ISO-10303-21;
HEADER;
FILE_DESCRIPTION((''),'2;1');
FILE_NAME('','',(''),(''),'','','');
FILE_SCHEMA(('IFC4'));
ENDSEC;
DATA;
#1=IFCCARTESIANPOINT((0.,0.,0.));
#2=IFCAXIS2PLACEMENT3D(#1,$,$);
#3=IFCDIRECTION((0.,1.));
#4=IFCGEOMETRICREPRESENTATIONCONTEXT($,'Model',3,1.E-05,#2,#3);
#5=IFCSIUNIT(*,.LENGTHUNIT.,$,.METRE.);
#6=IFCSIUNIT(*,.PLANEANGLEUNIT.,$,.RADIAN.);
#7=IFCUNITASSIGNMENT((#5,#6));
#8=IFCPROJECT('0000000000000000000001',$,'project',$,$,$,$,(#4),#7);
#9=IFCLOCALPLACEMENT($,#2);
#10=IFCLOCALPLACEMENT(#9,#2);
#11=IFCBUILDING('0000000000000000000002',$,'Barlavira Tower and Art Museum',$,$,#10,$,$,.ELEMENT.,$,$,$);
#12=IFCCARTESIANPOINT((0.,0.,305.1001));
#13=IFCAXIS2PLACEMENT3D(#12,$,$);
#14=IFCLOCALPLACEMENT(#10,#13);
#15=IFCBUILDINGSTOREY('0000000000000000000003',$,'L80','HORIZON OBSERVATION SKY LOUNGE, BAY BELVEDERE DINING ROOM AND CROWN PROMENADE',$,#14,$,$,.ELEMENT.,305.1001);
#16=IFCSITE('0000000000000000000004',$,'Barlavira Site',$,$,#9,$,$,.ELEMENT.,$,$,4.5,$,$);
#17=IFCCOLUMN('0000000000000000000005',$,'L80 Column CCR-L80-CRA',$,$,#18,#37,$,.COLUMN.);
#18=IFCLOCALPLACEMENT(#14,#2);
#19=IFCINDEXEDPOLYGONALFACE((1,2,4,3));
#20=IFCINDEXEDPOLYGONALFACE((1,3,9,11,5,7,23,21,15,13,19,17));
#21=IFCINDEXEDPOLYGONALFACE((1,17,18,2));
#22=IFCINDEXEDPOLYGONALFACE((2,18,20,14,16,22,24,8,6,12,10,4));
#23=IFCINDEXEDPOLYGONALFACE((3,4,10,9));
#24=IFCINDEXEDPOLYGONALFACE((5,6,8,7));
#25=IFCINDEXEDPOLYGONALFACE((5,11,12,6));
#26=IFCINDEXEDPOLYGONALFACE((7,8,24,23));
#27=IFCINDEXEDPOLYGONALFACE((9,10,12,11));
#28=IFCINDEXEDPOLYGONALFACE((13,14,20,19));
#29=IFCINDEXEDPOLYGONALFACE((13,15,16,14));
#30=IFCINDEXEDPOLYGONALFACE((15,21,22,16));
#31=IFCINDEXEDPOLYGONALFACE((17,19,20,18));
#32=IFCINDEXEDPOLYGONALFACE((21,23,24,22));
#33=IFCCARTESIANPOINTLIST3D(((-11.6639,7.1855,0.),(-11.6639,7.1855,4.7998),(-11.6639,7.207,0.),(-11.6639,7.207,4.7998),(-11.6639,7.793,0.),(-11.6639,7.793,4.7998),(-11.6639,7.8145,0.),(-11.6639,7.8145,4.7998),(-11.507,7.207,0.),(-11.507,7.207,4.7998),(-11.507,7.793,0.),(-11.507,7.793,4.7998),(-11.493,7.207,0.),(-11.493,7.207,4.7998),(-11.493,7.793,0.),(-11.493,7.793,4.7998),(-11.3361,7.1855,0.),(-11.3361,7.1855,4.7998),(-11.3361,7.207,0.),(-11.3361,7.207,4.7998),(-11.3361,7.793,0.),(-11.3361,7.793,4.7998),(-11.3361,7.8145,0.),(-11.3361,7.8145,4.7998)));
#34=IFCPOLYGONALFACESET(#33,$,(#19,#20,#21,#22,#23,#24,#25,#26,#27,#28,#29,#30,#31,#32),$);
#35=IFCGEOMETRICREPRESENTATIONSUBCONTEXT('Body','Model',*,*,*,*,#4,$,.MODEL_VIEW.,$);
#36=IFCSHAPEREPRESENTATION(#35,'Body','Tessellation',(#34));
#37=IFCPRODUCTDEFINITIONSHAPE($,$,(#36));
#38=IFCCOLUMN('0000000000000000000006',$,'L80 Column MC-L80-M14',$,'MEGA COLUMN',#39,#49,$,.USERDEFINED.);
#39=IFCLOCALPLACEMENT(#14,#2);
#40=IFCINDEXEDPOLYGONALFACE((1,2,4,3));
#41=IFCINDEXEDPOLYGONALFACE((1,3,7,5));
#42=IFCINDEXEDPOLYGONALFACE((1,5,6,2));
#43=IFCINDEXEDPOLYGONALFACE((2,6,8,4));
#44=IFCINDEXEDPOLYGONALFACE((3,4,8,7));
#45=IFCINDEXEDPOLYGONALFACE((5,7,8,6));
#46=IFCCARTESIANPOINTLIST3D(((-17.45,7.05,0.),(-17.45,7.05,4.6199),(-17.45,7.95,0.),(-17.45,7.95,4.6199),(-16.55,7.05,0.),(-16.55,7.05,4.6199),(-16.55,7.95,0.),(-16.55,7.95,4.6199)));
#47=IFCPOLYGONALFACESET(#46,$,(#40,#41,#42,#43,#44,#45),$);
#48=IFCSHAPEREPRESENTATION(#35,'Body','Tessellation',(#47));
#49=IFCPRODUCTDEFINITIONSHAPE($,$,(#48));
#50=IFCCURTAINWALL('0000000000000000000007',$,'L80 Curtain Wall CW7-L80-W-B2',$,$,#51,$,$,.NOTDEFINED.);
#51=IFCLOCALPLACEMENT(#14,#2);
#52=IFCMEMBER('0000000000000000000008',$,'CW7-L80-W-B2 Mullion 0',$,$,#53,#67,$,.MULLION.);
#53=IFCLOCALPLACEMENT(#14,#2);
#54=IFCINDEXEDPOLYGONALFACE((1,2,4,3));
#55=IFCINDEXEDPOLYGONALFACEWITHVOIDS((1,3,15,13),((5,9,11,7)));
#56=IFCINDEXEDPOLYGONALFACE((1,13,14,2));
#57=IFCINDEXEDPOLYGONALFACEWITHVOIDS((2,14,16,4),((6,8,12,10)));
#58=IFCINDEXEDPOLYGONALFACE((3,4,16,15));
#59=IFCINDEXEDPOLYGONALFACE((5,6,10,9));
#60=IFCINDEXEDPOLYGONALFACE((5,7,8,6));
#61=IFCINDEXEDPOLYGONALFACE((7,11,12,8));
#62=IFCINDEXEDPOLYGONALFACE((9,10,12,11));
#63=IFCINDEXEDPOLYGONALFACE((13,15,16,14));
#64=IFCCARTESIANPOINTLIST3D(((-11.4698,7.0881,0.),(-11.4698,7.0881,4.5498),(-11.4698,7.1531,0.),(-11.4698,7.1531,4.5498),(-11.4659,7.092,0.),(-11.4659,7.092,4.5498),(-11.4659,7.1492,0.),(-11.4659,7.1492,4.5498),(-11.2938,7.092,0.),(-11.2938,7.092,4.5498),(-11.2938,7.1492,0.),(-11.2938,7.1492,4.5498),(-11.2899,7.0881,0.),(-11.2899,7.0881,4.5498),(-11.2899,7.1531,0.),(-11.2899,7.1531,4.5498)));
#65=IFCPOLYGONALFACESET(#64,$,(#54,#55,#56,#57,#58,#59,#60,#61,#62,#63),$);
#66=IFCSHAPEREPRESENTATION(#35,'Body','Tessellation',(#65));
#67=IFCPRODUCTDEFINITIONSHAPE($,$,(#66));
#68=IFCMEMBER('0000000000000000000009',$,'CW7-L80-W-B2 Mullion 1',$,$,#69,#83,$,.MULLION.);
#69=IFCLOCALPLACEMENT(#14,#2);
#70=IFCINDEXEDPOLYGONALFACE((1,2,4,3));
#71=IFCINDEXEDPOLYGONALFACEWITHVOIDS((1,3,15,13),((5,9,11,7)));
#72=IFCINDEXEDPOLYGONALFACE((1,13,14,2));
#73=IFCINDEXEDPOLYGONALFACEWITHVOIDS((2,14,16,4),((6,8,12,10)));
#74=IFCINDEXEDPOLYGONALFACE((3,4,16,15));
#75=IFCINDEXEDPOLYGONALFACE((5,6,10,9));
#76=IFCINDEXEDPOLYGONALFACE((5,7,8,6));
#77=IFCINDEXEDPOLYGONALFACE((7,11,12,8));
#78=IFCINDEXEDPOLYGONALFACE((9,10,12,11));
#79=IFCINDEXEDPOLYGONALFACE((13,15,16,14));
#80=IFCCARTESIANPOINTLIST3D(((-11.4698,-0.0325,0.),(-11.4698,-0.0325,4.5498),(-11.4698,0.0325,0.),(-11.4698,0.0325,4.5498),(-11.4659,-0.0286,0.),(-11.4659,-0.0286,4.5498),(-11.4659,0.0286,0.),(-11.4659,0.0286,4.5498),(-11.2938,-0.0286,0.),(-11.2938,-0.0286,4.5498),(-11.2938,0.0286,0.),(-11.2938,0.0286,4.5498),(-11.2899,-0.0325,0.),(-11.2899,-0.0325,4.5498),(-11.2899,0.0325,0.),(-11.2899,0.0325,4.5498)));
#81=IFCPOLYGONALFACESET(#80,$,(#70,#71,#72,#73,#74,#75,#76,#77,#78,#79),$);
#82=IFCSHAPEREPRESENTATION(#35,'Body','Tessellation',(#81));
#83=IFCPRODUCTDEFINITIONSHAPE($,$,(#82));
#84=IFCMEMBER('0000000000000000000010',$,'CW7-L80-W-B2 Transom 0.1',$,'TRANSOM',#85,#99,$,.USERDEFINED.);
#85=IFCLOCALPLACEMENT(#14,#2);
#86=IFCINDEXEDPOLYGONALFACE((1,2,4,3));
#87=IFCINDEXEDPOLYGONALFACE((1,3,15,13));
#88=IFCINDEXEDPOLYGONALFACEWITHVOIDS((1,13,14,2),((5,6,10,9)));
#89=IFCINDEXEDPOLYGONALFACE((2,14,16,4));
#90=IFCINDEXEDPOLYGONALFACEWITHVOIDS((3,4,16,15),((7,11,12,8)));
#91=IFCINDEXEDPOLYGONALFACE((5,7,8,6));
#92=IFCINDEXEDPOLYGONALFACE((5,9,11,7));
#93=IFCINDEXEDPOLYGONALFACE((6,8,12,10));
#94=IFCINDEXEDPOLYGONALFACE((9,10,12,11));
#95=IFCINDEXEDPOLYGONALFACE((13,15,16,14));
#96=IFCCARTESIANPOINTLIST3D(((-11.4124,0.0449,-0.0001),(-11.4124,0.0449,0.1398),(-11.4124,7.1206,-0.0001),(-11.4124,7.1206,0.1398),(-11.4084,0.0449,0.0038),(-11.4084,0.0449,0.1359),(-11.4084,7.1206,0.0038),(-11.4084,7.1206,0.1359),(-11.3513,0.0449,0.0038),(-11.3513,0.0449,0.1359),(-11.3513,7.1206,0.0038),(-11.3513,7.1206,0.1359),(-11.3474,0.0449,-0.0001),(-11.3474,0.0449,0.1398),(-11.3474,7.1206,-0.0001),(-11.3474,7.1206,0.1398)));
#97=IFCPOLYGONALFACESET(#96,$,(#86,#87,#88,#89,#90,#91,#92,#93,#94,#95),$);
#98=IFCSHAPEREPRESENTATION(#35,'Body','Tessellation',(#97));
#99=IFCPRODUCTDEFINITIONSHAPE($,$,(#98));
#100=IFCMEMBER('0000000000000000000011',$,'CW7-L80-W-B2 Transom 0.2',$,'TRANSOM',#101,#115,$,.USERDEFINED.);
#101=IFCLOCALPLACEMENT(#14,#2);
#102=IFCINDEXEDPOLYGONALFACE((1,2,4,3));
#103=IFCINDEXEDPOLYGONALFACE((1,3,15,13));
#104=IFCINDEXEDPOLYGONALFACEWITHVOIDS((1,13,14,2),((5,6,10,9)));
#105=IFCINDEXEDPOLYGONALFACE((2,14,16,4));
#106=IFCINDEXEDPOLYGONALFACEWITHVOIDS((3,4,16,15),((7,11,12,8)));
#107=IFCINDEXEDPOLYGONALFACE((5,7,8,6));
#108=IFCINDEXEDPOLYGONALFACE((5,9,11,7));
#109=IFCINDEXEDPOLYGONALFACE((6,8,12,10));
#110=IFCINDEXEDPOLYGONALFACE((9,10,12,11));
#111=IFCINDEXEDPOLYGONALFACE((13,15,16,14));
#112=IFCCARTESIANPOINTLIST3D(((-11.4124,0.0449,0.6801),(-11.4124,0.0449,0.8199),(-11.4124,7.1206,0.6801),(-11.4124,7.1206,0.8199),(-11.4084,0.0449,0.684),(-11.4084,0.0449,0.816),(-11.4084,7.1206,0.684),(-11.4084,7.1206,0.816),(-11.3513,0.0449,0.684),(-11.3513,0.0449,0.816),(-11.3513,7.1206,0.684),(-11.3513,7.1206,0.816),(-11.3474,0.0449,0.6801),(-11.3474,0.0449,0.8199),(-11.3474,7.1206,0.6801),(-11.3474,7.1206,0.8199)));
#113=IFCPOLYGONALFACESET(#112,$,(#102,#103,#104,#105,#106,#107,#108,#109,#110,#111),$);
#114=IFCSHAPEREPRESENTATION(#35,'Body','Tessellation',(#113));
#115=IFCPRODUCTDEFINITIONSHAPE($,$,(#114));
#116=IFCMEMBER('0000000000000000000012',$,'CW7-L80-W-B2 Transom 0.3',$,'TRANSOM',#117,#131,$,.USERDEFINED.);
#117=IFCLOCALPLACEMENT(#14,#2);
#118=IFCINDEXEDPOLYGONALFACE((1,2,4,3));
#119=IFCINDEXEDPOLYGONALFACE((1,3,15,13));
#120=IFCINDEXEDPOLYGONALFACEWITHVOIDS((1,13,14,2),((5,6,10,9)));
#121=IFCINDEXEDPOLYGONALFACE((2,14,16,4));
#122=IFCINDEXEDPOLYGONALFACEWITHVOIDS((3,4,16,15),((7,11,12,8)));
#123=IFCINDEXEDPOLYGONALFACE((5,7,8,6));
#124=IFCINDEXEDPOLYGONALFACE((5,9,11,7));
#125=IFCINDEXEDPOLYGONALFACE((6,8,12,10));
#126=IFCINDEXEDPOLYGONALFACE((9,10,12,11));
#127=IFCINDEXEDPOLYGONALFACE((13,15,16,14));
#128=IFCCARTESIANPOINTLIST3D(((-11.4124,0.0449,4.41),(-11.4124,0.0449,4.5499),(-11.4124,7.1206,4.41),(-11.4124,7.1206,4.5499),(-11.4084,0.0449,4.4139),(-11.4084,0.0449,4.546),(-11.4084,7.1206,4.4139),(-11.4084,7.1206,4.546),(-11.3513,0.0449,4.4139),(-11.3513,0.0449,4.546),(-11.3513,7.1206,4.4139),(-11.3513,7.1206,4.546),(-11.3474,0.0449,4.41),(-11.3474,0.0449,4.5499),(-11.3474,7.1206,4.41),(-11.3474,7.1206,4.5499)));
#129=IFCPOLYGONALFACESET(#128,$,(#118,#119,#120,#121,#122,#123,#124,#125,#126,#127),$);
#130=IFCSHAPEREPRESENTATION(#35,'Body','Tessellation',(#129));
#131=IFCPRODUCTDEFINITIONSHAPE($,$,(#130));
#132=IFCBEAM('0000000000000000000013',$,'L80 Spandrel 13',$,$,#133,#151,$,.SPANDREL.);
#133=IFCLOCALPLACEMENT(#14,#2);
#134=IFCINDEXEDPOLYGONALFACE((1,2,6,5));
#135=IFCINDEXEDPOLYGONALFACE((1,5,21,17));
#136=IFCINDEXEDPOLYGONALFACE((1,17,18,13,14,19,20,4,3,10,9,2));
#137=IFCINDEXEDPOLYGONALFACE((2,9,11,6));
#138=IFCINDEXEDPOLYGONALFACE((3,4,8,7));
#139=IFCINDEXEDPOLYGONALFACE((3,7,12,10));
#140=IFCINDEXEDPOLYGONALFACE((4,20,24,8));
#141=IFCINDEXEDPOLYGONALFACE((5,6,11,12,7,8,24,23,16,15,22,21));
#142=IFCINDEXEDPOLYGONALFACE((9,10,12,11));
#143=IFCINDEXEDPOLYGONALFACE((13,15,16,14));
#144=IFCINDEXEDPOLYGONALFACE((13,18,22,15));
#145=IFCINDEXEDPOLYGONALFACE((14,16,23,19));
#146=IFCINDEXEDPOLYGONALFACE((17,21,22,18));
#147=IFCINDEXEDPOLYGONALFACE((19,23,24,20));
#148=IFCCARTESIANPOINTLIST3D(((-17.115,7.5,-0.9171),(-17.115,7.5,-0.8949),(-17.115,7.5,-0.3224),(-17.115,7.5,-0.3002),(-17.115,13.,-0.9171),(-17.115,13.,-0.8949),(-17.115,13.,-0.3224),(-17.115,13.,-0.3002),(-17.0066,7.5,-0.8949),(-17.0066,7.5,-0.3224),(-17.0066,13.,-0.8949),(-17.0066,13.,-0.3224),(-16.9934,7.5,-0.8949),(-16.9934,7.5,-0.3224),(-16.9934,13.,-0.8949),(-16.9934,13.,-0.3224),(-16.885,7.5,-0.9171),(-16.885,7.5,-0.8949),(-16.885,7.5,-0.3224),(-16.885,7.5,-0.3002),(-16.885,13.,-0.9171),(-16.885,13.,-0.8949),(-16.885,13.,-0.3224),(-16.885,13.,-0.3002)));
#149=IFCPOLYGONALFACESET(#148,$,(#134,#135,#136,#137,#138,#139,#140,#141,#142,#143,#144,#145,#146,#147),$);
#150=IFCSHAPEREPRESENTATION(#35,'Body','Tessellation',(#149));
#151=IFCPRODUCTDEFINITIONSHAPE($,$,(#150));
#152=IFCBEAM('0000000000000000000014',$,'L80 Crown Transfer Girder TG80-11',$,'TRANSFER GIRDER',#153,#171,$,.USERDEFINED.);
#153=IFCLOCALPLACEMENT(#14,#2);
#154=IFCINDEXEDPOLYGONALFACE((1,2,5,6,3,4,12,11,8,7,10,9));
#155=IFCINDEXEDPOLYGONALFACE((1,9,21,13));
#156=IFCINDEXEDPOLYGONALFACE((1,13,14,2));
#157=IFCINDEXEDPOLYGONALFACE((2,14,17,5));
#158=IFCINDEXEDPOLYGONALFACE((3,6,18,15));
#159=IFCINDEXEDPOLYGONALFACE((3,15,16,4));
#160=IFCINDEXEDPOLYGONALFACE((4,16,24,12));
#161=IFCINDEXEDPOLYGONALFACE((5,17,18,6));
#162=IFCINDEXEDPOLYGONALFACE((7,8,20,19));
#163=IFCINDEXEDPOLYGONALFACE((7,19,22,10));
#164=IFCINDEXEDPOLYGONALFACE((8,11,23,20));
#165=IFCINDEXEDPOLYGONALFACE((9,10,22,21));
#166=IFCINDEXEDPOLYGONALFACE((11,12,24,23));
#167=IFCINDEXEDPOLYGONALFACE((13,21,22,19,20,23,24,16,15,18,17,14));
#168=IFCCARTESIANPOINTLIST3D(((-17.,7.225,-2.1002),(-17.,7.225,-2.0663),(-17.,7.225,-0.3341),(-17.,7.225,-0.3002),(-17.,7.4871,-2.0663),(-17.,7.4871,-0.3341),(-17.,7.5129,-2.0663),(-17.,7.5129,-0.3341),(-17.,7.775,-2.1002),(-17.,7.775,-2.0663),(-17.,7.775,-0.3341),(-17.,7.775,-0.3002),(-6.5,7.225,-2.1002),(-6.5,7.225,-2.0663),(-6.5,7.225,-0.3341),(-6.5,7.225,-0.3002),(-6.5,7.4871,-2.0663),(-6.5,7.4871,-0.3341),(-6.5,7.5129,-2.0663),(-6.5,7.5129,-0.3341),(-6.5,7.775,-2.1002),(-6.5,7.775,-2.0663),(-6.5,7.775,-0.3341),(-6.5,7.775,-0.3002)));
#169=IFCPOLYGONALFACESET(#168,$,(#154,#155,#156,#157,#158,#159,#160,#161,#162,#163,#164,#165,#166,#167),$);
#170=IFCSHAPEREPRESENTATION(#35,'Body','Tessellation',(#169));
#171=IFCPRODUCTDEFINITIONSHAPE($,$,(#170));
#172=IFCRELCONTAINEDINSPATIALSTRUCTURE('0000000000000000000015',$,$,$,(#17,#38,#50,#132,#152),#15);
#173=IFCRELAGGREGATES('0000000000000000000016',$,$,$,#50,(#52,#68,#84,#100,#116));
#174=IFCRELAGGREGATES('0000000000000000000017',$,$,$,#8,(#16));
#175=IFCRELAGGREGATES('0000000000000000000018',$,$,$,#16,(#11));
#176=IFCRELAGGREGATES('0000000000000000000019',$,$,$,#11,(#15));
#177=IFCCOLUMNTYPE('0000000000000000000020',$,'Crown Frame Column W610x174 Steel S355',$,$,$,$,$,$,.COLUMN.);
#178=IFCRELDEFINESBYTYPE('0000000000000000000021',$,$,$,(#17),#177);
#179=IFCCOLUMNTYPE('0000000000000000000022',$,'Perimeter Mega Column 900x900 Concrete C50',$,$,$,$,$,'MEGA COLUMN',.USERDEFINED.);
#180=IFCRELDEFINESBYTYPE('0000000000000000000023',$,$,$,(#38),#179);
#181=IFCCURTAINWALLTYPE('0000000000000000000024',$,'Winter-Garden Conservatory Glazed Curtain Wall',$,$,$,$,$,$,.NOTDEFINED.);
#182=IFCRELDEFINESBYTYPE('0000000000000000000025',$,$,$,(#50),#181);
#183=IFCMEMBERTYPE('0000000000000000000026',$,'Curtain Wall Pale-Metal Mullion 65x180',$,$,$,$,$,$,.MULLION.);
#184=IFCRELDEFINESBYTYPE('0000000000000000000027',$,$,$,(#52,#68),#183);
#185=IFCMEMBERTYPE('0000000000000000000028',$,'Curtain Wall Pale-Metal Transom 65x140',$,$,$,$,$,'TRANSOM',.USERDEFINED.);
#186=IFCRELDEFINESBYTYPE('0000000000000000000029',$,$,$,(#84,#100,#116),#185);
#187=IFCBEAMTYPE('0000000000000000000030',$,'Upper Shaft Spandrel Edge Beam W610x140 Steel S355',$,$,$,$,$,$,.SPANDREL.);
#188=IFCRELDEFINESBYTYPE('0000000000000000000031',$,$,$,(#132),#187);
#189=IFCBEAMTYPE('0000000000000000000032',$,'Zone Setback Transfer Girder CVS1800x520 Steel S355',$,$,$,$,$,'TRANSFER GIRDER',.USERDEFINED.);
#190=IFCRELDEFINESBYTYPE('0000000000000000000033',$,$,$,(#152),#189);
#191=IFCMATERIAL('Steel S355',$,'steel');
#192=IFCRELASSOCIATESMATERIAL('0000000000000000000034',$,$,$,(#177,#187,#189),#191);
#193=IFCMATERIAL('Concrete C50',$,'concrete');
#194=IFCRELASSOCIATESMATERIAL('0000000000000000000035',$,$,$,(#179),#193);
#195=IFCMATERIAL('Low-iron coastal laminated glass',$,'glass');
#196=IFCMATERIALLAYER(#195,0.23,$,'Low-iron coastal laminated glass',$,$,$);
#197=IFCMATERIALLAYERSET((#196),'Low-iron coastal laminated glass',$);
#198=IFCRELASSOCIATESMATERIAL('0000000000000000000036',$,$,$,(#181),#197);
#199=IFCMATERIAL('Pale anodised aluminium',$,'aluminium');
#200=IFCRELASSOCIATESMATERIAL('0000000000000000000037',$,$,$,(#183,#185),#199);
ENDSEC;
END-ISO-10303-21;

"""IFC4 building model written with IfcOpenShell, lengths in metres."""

from ifc_helpers import new_model, si_unit, direction, frame, origin, origin_2d, place, context, subcontext, project, spatial, rectangle, hollow_rectangle, i_section, extrude, material, layer, layer_set, material_profile, profile_set, type_object, element, aggregate, save


model = new_model("IFC4")

# Units and contexts
model_context = context("Model", 3, precision=1e-05, world=origin(), true_north=direction((0.0, 1.0)))
body_context = subcontext(model_context, "Body", "Model", "MODEL_VIEW")
ifc_project = project(units=[si_unit("LENGTHUNIT", "METRE"), si_unit("PLANEANGLEUNIT", "RADIAN")], contexts=[model_context])

# Site, building, storey
site_placement = place(None, origin())
site = spatial("IfcSite", under=ifc_project, at=site_placement, Name="Barlavira Site", CompositionType="ELEMENT", RefElevation=4.5)
building_placement = place(site_placement, origin())
building = spatial("IfcBuilding", under=site, at=building_placement, Name="Barlavira Tower and Art Museum", CompositionType="ELEMENT")
storey_placement = place(building_placement, frame((0.0, 0.0, 305.1001)))
storey = spatial("IfcBuildingStorey", under=building, at=storey_placement, Name="L80", Description="HORIZON OBSERVATION SKY LOUNGE, BAY BELVEDERE DINING ROOM AND CROWN PROMENADE", CompositionType="ELEMENT", Elevation=305.1001)

# Columns
ifc_material_1 = material(Name="Steel S355", Category="steel")
ifc_material_profile_1 = material_profile(ifc_material_1, i_section(OverallWidth=0.3279, OverallDepth=0.6289, WebThickness=0.0139, FlangeThickness=0.0215, at=origin_2d()), Name="W610x174.0")
ifc_profile_set_1 = profile_set([ifc_material_profile_1], Name="Steel S355")
column_type_1 = type_object("IfcColumnType", Name="Crown Frame Column W610x174 Steel S355", PredefinedType="COLUMN", material=ifc_profile_set_1)
column_1_placement = place(storey_placement, frame((-11.5, 7.5, 0.0), z_axis=(0.0, 0.0, 1.0), x_axis=(1.0, 0.0, 0.0)))
element("IfcColumn", 1, at=column_1_placement, inside=storey, type_object=column_type_1, Name="L80 Column CCR-L80-CRA", PredefinedType="COLUMN", context=body_context, shape_type="SweptSolid", body=[
    extrude(i_section(OverallWidth=0.3279, OverallDepth=0.6289, WebThickness=0.0139, FlangeThickness=0.0215, at=origin_2d()), origin(), (0.0, 0.0, 1.0), 4.7998),
])
ifc_material_2 = material(Name="Concrete C50", Category="concrete")
ifc_material_profile_2 = material_profile(ifc_material_2, rectangle(XDim=0.8999, YDim=0.8999, at=origin_2d()), Name="RC-COL 900x900")
ifc_profile_set_2 = profile_set([ifc_material_profile_2], Name="Concrete C50")
column_type_2 = type_object("IfcColumnType", Name="Perimeter Mega Column 900x900 Concrete C50", ElementType="MEGA COLUMN", PredefinedType="USERDEFINED", material=ifc_profile_set_2)
column_2_placement = place(storey_placement, frame((-17.0, 7.5, 0.0), z_axis=(0.0, 0.0, 1.0), x_axis=(1.0, 0.0, 0.0)))
element("IfcColumn", 2, at=column_2_placement, inside=storey, type_object=column_type_2, Name="L80 Column MC-L80-M14", ObjectType="MEGA COLUMN", PredefinedType="USERDEFINED", context=body_context, shape_type="SweptSolid", body=[
    extrude(rectangle(XDim=0.8999, YDim=0.8999, at=origin_2d()), origin(), (0.0, 0.0, 1.0), 4.6199),
])

# Curtain wall, members
ifc_material_3 = material(Name="Low-iron coastal laminated glass", Category="glass")
ifc_layer_1 = layer(ifc_material_3, 0.23, Name="Low-iron coastal laminated glass")
ifc_layer_set_1 = layer_set([ifc_layer_1], Name="Low-iron coastal laminated glass")
curtain_wall_type = type_object("IfcCurtainWallType", Name="Winter-Garden Conservatory Glazed Curtain Wall", PredefinedType="NOTDEFINED", material=ifc_layer_set_1)
curtain_wall_placement = place(storey_placement, origin())
curtain_wall = element("IfcCurtainWall", 3, at=curtain_wall_placement, inside=storey, type_object=curtain_wall_type, Name="L80 Curtain Wall CW7-L80-W-B2", PredefinedType="NOTDEFINED")
ifc_material_4 = material(Name="Pale anodised aluminium", Category="aluminium")
ifc_material_profile_3 = material_profile(ifc_material_4, hollow_rectangle(XDim=0.0649, YDim=0.1799, WallThickness=0.0039, at=origin_2d()), Name="ALU-MULL 65x180x4")
ifc_profile_set_3 = profile_set([ifc_material_profile_3], Name="Pale anodised aluminium")
member_type_1 = type_object("IfcMemberType", Name="Curtain Wall Pale-Metal Mullion 65x180", PredefinedType="MULLION", material=ifc_profile_set_3)
member_1_placement = place(storey_placement, frame((-11.3799, 7.1206, 0.0), z_axis=(0.0, 0.0, 1.0), x_axis=(0.0, -1.0, 0.0)))
member_1 = element("IfcMember", 4, at=member_1_placement, type_object=member_type_1, Name="CW7-L80-W-B2 Mullion 0", PredefinedType="MULLION", context=body_context, shape_type="SweptSolid", body=[
    extrude(hollow_rectangle(XDim=0.0649, YDim=0.1799, WallThickness=0.0039, at=origin_2d()), origin(), (0.0, 0.0, 1.0), 4.5498),
])
member_2_placement = place(storey_placement, frame((-11.3799, 0.0, 0.0), z_axis=(0.0, 0.0, 1.0), x_axis=(0.0, -1.0, 0.0)))
member_2 = element("IfcMember", 5, at=member_2_placement, type_object=member_type_1, Name="CW7-L80-W-B2 Mullion 1", PredefinedType="MULLION", context=body_context, shape_type="SweptSolid", body=[
    extrude(hollow_rectangle(XDim=0.0649, YDim=0.1799, WallThickness=0.0039, at=origin_2d()), origin(), (0.0, 0.0, 1.0), 4.5498),
])
ifc_material_profile_4 = material_profile(ifc_material_4, hollow_rectangle(XDim=0.0649, YDim=0.1399, WallThickness=0.0039, at=origin_2d()), Name="ALU-TRAN 65x140x4")
ifc_profile_set_4 = profile_set([ifc_material_profile_4], Name="Pale anodised aluminium")
member_type_2 = type_object("IfcMemberType", Name="Curtain Wall Pale-Metal Transom 65x140", ElementType="TRANSOM", PredefinedType="USERDEFINED", material=ifc_profile_set_4)
member_3_placement = place(storey_placement, frame((-11.3799, 7.1206, 0.0698), z_axis=(0.0, -1.0, 0.0), x_axis=(1.0, 0.0, 0.0)))
member_3 = element("IfcMember", 6, at=member_3_placement, type_object=member_type_2, Name="CW7-L80-W-B2 Transom 0.1", ObjectType="TRANSOM", PredefinedType="USERDEFINED", context=body_context, shape_type="SweptSolid", body=[
    extrude(hollow_rectangle(XDim=0.0649, YDim=0.1399, WallThickness=0.0039, at=origin_2d()), origin(), (0.0, 0.0, 1.0), 7.0757),
])
member_4_placement = place(storey_placement, frame((-11.3799, 7.1206, 0.75), z_axis=(0.0, -1.0, 0.0), x_axis=(1.0, 0.0, 0.0)))
member_4 = element("IfcMember", 7, at=member_4_placement, type_object=member_type_2, Name="CW7-L80-W-B2 Transom 0.2", ObjectType="TRANSOM", PredefinedType="USERDEFINED", context=body_context, shape_type="SweptSolid", body=[
    extrude(hollow_rectangle(XDim=0.0649, YDim=0.1399, WallThickness=0.0039, at=origin_2d()), origin(), (0.0, 0.0, 1.0), 7.0757),
])
member_5_placement = place(storey_placement, frame((-11.3799, 7.1206, 4.48), z_axis=(0.0, -1.0, 0.0), x_axis=(1.0, 0.0, 0.0)))
member_5 = element("IfcMember", 8, at=member_5_placement, type_object=member_type_2, Name="CW7-L80-W-B2 Transom 0.3", ObjectType="TRANSOM", PredefinedType="USERDEFINED", context=body_context, shape_type="SweptSolid", body=[
    extrude(hollow_rectangle(XDim=0.0649, YDim=0.1399, WallThickness=0.0039, at=origin_2d()), origin(), (0.0, 0.0, 1.0), 7.0757),
])

# Beams
ifc_material_profile_5 = material_profile(ifc_material_1, i_section(OverallWidth=0.23, OverallDepth=0.6169, WebThickness=0.0132, FlangeThickness=0.0222, at=origin_2d()), Name="W610x140.0")
ifc_profile_set_5 = profile_set([ifc_material_profile_5], Name="Steel S355")
beam_type_1 = type_object("IfcBeamType", Name="Upper Shaft Spandrel Edge Beam W610x140 Steel S355", PredefinedType="SPANDREL", material=ifc_profile_set_5)
beam_1_placement = place(storey_placement, frame((-17.0, 7.5, -0.6086), z_axis=(0.0, 1.0, 0.0), x_axis=(-1.0, 0.0, 0.0)))
element("IfcBeam", 9, at=beam_1_placement, inside=storey, type_object=beam_type_1, Name="L80 Spandrel 13", PredefinedType="SPANDREL", context=body_context, shape_type="SweptSolid", body=[
    extrude(i_section(OverallWidth=0.23, OverallDepth=0.6169, WebThickness=0.0132, FlangeThickness=0.0222, at=origin_2d()), origin(), (0.0, 0.0, 1.0), 5.5),
])
ifc_material_profile_6 = material_profile(ifc_material_1, i_section(OverallWidth=0.55, OverallDepth=1.8, WebThickness=0.0259, FlangeThickness=0.0339, at=origin_2d()), Name="CVS1800x520")
ifc_profile_set_6 = profile_set([ifc_material_profile_6], Name="Steel S355")
beam_type_2 = type_object("IfcBeamType", Name="Zone Setback Transfer Girder CVS1800x520 Steel S355", ElementType="TRANSFER GIRDER", PredefinedType="USERDEFINED", material=ifc_profile_set_6)
beam_2_placement = place(storey_placement, frame((-17.0, 7.5, -1.2002), z_axis=(1.0, 0.0, 0.0), x_axis=(0.0, 1.0, 0.0)))
element("IfcBeam", 10, at=beam_2_placement, inside=storey, type_object=beam_type_2, Name="L80 Crown Transfer Girder TG80-11", ObjectType="TRANSFER GIRDER", PredefinedType="USERDEFINED", context=body_context, shape_type="SweptSolid", body=[
    extrude(i_section(OverallWidth=0.55, OverallDepth=1.8, WebThickness=0.0259, FlangeThickness=0.0339, at=origin_2d()), origin(), (0.0, 0.0, 1.0), 10.5),
])

aggregate(curtain_wall, [member_1, member_2, member_3, member_4, member_5])

save(model, "model.ifc")
